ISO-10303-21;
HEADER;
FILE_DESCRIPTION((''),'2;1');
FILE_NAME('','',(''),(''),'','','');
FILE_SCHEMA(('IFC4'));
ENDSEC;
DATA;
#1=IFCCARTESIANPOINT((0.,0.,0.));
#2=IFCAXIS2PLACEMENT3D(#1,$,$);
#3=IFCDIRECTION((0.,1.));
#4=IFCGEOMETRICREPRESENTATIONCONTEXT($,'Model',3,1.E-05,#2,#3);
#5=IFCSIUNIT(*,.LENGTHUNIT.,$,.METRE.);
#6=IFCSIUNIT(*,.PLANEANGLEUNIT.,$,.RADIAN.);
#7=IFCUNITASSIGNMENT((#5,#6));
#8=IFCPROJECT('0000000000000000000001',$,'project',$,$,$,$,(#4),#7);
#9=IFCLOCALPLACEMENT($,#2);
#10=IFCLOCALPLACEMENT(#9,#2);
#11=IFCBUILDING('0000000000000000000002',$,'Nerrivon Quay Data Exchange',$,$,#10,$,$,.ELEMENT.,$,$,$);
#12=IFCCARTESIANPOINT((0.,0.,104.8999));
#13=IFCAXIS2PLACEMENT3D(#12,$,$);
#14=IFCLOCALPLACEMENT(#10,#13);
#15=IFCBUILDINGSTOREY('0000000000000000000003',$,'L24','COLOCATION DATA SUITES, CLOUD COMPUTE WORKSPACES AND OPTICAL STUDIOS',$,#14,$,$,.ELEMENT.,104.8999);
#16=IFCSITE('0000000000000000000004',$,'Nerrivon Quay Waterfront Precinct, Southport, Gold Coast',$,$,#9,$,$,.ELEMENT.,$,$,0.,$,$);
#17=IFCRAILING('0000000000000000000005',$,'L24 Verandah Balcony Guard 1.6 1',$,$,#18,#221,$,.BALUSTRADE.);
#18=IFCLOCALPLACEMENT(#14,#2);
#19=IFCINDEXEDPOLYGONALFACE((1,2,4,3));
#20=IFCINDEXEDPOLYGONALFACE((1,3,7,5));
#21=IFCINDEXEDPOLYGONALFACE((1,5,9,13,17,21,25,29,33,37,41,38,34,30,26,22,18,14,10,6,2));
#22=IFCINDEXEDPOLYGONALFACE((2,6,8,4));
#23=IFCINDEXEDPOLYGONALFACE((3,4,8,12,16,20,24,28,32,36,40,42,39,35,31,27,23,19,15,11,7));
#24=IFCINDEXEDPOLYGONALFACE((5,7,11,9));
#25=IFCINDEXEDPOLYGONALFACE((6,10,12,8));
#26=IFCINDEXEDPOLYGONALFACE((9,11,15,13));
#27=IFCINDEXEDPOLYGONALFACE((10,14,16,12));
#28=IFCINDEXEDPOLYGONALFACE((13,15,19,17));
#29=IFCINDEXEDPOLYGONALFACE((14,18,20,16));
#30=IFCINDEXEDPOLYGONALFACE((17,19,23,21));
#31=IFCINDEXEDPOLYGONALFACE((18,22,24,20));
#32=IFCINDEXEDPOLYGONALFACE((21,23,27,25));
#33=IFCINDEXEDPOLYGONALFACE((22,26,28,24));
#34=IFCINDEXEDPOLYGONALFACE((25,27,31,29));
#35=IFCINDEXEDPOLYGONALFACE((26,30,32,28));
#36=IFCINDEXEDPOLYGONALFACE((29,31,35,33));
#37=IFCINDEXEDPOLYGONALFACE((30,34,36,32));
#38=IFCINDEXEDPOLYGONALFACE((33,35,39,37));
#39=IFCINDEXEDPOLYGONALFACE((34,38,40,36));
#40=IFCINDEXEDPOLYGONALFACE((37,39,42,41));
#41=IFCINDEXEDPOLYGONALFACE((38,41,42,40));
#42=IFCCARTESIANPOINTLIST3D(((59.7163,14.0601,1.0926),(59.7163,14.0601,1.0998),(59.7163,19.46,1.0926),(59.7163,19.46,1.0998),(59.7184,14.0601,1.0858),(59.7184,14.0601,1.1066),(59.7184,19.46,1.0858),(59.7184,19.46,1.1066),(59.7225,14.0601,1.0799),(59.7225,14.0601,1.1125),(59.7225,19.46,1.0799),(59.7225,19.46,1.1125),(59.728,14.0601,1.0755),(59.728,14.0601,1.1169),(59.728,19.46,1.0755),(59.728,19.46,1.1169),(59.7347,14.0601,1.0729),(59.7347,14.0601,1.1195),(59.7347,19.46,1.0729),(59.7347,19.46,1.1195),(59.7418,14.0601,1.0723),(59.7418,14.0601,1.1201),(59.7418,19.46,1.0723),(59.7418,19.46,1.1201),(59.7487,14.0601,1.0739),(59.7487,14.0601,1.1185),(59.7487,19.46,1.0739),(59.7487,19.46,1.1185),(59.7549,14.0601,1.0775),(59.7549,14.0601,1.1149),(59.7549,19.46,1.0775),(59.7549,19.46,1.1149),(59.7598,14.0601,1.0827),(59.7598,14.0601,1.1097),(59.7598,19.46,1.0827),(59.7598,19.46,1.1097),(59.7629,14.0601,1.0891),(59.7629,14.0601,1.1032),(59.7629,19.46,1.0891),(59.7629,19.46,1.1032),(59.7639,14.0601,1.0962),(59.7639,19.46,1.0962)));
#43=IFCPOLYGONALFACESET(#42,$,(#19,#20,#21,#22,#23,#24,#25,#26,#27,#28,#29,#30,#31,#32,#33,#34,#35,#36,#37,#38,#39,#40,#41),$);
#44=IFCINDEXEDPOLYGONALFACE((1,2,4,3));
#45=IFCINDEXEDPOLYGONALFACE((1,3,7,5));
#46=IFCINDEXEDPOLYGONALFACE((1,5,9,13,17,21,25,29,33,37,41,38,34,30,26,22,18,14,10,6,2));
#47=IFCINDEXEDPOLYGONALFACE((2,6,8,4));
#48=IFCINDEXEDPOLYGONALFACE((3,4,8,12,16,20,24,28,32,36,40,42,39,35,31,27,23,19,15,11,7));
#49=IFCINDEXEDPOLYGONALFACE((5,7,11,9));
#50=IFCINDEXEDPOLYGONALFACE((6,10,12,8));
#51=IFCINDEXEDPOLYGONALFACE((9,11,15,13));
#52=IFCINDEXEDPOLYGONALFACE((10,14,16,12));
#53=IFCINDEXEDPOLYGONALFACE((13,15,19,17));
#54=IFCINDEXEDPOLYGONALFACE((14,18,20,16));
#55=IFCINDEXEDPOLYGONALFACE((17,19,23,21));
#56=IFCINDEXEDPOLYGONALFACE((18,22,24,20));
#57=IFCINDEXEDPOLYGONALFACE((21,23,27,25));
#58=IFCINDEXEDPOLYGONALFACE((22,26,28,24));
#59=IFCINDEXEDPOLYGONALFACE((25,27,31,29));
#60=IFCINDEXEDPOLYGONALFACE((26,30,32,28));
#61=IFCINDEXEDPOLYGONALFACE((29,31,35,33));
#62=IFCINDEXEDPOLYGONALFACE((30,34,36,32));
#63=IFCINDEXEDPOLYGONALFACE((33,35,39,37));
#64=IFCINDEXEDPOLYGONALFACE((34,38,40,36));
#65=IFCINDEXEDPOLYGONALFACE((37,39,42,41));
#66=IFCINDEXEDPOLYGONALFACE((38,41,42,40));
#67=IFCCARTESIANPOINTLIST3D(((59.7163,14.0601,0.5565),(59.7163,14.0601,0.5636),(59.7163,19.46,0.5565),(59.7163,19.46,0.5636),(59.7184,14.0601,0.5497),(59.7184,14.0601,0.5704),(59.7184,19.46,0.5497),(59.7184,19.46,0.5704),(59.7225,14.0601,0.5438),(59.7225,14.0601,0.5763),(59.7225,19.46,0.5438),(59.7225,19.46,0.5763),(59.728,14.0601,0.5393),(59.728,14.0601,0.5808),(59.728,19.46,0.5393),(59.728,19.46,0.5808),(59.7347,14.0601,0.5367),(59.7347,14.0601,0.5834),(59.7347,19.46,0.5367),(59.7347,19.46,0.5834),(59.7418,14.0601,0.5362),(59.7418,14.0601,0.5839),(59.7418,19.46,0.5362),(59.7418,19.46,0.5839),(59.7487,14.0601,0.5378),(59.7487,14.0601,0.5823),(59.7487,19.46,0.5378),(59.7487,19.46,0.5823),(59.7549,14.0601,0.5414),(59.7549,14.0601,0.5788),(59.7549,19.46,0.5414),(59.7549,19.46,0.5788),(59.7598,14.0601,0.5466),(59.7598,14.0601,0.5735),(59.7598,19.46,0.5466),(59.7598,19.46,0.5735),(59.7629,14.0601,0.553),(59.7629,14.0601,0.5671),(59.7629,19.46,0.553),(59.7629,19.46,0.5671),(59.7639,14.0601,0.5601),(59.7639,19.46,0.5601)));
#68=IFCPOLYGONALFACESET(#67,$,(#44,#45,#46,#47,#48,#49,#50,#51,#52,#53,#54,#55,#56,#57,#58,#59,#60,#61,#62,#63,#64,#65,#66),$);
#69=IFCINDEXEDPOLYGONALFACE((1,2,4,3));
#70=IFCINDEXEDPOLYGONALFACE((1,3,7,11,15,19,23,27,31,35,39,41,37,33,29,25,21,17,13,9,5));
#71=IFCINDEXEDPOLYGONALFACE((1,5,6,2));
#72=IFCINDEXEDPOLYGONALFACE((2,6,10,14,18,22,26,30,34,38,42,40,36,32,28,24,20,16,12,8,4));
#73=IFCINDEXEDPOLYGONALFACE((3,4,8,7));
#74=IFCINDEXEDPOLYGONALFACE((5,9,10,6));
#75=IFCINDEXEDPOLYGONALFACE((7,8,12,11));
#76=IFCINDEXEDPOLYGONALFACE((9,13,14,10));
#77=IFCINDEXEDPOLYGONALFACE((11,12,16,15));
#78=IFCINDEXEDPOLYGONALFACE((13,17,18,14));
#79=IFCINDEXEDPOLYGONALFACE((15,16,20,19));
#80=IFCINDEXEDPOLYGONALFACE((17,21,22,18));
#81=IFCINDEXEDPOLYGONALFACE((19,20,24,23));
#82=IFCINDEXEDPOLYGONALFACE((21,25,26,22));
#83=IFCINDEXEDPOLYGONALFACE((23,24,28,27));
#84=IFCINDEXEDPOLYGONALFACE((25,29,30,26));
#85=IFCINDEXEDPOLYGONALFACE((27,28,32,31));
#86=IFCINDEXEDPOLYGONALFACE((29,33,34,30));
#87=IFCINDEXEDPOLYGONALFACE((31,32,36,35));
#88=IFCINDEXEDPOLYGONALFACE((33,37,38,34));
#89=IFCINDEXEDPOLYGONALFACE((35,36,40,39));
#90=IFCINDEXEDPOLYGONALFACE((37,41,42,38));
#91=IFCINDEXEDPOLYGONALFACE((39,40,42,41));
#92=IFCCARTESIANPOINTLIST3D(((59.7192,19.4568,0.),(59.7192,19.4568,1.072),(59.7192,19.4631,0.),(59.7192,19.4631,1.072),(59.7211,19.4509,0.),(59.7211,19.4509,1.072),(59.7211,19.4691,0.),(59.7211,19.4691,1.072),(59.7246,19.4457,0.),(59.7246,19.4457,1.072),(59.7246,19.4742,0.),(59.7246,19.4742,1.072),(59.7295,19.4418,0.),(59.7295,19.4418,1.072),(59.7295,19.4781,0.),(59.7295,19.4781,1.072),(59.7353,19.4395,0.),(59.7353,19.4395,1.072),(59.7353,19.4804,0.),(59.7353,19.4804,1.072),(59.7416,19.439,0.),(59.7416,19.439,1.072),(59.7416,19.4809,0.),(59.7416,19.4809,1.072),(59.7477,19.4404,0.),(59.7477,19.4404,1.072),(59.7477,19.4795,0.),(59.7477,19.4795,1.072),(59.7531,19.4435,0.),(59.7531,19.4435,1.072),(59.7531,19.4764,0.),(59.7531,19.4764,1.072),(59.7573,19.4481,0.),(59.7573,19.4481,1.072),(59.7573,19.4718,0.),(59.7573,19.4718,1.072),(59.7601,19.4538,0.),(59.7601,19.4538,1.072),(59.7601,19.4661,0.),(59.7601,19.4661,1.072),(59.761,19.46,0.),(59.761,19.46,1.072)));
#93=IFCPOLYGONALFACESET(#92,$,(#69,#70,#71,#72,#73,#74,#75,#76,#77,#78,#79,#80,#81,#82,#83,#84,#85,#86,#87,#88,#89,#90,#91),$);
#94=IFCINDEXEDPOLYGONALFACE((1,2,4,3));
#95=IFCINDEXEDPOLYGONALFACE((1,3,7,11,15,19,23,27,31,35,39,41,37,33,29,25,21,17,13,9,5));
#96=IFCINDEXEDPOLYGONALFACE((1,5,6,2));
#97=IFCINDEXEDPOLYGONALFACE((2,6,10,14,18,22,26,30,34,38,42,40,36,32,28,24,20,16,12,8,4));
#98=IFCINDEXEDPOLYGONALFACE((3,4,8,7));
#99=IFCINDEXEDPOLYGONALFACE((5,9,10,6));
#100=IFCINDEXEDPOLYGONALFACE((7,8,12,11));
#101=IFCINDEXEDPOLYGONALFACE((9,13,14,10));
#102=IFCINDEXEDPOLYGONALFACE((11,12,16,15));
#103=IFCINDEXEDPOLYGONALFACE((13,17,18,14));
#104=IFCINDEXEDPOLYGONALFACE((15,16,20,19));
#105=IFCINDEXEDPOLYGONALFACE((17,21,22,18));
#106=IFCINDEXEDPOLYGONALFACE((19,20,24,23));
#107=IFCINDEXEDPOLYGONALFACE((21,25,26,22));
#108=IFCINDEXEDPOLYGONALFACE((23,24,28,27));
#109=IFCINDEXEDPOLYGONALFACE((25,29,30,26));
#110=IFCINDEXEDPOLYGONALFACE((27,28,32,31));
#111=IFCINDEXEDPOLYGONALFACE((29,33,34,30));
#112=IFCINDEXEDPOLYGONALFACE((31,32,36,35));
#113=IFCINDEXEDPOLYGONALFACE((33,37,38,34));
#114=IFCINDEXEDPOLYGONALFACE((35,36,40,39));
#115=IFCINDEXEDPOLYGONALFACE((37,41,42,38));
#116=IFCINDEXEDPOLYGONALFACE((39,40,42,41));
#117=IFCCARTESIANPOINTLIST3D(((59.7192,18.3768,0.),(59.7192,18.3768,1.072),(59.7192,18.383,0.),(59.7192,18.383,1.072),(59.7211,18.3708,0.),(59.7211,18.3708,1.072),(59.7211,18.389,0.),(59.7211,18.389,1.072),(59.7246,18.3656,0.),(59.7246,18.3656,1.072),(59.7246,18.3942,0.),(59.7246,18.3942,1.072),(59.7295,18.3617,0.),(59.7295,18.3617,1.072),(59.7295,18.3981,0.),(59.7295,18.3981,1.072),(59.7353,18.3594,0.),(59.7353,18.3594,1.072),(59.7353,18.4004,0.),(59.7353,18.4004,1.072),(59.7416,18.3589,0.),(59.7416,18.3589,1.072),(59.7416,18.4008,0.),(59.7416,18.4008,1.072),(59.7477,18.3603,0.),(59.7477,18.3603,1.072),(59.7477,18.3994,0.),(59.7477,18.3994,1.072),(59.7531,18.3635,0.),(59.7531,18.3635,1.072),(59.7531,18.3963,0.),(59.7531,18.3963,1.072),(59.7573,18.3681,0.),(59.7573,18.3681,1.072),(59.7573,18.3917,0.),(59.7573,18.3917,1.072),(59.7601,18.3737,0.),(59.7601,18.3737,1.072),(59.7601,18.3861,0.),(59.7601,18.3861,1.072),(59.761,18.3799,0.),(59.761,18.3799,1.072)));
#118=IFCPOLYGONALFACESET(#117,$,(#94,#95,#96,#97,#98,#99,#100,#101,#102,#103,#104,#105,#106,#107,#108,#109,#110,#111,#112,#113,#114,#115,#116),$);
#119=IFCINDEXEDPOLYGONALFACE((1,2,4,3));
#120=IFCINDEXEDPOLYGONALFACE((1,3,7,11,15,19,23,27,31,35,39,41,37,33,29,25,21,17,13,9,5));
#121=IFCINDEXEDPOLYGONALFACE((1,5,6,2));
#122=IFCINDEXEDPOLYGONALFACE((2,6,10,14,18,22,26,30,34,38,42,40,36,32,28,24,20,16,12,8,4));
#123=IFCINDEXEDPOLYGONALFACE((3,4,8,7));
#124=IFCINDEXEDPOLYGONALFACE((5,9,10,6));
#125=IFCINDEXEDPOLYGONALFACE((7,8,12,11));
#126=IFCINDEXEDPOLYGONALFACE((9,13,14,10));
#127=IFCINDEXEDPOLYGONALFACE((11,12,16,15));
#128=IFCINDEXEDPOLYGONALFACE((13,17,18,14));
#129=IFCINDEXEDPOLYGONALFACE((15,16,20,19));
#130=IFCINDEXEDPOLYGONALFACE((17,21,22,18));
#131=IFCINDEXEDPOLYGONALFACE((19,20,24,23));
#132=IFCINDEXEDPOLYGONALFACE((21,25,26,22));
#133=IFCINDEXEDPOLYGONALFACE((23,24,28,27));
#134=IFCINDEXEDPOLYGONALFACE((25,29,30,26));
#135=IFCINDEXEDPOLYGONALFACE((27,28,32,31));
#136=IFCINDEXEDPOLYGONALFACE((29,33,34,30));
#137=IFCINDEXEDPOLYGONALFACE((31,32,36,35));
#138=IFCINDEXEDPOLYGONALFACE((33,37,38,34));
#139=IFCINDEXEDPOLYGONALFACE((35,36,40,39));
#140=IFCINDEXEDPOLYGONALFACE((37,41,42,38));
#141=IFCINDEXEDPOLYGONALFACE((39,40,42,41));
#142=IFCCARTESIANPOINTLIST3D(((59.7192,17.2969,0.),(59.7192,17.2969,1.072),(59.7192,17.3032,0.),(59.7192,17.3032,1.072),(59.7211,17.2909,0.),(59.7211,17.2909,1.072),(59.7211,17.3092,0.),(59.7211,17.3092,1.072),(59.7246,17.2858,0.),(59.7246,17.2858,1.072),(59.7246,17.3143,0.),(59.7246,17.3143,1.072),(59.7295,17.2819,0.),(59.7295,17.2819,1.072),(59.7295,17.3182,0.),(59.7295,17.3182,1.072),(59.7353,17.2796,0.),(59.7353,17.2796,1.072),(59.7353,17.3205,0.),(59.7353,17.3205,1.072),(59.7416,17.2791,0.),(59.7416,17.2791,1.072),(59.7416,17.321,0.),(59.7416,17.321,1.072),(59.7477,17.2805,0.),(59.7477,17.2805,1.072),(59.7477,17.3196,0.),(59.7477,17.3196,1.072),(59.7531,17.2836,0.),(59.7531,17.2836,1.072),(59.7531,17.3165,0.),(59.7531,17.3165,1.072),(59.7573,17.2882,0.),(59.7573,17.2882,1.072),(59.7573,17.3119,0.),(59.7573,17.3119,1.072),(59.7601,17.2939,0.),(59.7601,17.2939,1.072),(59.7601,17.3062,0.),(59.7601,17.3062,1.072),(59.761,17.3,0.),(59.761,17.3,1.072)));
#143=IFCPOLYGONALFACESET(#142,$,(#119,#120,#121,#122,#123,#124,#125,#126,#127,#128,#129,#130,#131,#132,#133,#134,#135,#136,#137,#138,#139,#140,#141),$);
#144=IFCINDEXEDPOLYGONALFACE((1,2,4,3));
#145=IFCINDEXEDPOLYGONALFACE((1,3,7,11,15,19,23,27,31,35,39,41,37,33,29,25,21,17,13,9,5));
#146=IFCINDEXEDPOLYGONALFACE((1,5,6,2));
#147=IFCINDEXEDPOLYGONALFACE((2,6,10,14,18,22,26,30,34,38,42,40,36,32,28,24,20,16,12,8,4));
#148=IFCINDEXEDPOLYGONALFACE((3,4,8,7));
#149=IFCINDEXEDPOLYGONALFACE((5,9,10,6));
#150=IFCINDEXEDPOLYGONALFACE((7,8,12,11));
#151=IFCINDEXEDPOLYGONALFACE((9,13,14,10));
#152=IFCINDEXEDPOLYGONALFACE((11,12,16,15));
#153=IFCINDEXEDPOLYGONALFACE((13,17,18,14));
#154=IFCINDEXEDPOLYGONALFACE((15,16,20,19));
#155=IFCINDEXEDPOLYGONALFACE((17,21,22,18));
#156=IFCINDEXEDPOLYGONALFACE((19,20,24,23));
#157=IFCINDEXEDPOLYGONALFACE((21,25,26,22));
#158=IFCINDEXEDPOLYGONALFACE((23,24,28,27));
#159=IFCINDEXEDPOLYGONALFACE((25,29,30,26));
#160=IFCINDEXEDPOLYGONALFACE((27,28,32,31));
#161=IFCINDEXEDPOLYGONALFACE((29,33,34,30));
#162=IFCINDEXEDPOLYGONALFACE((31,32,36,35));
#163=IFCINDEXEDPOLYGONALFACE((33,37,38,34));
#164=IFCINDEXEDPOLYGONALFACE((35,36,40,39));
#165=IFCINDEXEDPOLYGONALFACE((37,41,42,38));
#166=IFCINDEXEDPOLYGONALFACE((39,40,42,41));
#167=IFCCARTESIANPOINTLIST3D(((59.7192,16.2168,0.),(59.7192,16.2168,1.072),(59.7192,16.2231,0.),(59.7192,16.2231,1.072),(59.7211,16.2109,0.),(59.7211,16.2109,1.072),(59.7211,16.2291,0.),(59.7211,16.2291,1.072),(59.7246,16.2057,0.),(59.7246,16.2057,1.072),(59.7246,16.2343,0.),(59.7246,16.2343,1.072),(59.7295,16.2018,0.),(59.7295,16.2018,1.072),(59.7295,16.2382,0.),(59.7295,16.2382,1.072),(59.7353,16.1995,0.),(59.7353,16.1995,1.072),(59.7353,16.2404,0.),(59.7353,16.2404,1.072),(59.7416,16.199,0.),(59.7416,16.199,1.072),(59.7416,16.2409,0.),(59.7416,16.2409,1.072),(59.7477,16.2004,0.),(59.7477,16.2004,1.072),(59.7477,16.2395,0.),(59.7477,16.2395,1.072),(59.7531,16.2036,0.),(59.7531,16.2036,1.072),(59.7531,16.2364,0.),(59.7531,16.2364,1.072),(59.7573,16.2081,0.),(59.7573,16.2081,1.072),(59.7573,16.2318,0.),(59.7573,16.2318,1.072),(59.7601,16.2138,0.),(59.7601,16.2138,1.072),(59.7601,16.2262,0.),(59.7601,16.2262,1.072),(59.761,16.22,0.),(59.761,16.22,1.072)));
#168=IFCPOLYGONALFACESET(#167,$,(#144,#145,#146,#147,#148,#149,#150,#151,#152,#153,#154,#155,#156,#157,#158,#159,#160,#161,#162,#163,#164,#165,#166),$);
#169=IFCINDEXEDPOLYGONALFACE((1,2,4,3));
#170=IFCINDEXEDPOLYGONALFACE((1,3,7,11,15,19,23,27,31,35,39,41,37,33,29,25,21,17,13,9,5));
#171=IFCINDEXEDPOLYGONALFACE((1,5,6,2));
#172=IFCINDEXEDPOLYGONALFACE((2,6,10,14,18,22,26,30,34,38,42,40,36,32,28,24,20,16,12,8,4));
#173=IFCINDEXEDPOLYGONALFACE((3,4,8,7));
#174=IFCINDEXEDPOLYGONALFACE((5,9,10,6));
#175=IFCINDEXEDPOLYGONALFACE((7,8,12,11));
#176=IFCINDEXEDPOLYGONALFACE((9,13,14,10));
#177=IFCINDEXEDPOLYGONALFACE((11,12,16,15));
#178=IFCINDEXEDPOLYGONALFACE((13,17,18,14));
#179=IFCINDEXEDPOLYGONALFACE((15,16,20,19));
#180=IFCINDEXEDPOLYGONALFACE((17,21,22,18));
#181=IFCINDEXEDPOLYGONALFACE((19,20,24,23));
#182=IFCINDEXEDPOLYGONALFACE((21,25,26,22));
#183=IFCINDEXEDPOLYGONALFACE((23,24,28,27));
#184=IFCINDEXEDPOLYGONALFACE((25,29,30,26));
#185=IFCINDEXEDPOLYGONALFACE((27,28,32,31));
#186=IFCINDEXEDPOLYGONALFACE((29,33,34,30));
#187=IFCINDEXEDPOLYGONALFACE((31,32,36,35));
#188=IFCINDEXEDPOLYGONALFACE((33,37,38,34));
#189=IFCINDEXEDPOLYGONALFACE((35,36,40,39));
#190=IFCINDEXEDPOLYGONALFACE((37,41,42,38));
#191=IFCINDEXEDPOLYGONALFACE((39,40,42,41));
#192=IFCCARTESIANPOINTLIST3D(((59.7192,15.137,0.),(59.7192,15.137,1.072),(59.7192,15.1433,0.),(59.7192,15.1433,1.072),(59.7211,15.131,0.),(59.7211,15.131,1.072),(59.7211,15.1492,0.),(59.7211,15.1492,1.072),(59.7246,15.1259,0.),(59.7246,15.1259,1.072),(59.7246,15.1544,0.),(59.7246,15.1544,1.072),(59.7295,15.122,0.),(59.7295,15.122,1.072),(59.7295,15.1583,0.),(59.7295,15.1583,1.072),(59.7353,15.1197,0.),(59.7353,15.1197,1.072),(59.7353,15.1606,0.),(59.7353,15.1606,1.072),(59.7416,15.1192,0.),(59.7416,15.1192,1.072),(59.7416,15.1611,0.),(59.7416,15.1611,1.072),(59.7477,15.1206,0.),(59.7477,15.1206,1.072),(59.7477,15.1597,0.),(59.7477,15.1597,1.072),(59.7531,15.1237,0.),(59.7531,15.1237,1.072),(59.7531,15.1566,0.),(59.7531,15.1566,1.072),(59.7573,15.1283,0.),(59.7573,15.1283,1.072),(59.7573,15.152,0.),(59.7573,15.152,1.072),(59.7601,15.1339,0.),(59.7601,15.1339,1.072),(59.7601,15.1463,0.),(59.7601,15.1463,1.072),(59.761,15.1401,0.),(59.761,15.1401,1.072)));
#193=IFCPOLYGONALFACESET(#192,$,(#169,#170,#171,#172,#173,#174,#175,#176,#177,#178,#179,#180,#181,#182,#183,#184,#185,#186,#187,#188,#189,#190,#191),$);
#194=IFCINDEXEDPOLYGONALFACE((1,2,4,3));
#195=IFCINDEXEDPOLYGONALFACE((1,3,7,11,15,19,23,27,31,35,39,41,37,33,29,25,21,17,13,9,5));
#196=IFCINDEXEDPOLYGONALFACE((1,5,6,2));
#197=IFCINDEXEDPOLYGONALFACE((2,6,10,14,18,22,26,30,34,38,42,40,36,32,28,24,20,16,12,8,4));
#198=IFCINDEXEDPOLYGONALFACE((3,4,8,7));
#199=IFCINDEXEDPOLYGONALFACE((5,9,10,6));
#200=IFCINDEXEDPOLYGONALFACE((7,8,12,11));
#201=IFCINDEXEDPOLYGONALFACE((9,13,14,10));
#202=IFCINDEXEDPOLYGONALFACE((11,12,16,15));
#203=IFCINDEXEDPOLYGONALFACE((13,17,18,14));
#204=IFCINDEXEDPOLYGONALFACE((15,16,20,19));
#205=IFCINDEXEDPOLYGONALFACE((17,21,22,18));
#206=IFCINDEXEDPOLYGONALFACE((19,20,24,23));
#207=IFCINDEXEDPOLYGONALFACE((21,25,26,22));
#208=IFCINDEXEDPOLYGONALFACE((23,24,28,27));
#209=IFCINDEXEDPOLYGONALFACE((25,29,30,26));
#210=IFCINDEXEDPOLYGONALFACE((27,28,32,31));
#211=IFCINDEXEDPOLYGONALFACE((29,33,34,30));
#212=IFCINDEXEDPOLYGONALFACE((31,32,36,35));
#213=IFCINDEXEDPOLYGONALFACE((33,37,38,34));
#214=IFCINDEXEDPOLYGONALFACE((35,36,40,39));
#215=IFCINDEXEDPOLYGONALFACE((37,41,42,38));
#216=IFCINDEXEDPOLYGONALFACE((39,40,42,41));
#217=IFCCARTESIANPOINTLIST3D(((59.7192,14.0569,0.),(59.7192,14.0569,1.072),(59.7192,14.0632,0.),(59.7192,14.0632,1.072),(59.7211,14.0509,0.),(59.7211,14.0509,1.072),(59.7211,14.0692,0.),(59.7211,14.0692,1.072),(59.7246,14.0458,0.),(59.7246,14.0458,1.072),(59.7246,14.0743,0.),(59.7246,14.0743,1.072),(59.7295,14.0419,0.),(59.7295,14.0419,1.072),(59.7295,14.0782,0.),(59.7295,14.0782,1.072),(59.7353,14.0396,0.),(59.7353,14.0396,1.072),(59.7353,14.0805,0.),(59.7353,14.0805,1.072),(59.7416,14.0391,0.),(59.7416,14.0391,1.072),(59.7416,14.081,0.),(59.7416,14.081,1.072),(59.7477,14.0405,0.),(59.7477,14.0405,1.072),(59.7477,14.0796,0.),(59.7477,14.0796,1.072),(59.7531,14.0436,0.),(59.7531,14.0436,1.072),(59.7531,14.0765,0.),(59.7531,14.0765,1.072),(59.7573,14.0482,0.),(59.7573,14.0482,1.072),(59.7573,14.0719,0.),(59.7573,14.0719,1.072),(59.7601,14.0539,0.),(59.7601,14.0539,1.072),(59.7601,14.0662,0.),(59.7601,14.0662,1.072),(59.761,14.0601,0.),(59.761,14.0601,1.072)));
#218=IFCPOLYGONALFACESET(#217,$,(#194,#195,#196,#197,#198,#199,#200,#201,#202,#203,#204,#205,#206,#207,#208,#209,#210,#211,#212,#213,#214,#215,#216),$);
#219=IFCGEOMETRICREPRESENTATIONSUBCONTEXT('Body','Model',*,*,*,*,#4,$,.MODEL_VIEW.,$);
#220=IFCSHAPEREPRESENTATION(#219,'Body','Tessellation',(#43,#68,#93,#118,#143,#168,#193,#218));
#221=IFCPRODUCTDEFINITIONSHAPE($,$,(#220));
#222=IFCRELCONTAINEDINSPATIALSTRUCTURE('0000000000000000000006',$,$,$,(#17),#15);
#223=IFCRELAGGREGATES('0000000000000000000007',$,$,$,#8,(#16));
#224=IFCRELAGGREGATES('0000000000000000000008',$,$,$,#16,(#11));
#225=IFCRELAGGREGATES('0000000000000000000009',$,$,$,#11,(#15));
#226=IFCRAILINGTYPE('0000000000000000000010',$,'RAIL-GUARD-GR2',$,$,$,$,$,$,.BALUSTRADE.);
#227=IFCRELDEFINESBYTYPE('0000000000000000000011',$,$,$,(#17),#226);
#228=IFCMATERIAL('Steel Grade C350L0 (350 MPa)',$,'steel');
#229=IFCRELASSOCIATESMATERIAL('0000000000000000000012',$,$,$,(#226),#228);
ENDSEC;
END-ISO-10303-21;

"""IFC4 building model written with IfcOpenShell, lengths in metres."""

from ifc_helpers import new_model, si_unit, direction, frame, origin, origin_2d, place, context, subcontext, project, spatial, circle, extrude, material, type_object, element, save


model = new_model("IFC4")

# Units and contexts
model_context = context("Model", 3, precision=1e-05, world=origin(), true_north=direction((0.0, 1.0)))
body_context = subcontext(model_context, "Body", "Model", "MODEL_VIEW")
ifc_project = project(units=[si_unit("LENGTHUNIT", "METRE"), si_unit("PLANEANGLEUNIT", "RADIAN")], contexts=[model_context])

# Site, building, storey
site_placement = place(None, origin())
site = spatial("IfcSite", under=ifc_project, at=site_placement, Name="Nerrivon Quay Waterfront Precinct, Southport, Gold Coast", CompositionType="ELEMENT", RefElevation=0.0)
building_placement = place(site_placement, origin())
building = spatial("IfcBuilding", under=site, at=building_placement, Name="Nerrivon Quay Data Exchange", CompositionType="ELEMENT")
storey_placement = place(building_placement, frame((0.0, 0.0, 104.8999)))
storey = spatial("IfcBuildingStorey", under=building, at=storey_placement, Name="L24", Description="COLOCATION DATA SUITES, CLOUD COMPUTE WORKSPACES AND OPTICAL STUDIOS", CompositionType="ELEMENT", Elevation=104.8999)

# Railing
ifc_material_1 = material(Name="Steel Grade C350L0 (350 MPa)", Category="steel")
railing_type = type_object("IfcRailingType", Name="RAIL-GUARD-GR2", PredefinedType="BALUSTRADE", material=ifc_material_1)
railing_1_placement = place(storey_placement, frame((59.74, 19.46, 0.0)))
element("IfcRailing", 1, at=railing_1_placement, inside=storey, type_object=railing_type, Name="L24 Verandah Balcony Guard 1.6 1", PredefinedType="BALUSTRADE", context=body_context, shape_type="SweptSolid", body=[
    extrude(circle(Radius=0.0239, at=origin_2d()), frame((0.0, 0.0, 1.0962), z_axis=(0.0, -1.0, 0.0), x_axis=(1.0, 0.0, 0.0)), (0.0, 0.0, 1.0), 5.3999),
    extrude(circle(Radius=0.0239, at=origin_2d()), frame((0.0, 0.0, 0.5601), z_axis=(0.0, -1.0, 0.0), x_axis=(1.0, 0.0, 0.0)), (0.0, 0.0, 1.0), 5.3999),
    extrude(circle(Radius=0.021, at=origin_2d()), origin(), (0.0, 0.0, 1.0), 1.072),
    extrude(circle(Radius=0.021, at=origin_2d()), frame((0.0, -1.0801, 0.0)), (0.0, 0.0, 1.0), 1.072),
    extrude(circle(Radius=0.021, at=origin_2d()), frame((0.0, -2.1599, 0.0)), (0.0, 0.0, 1.0), 1.072),
    extrude(circle(Radius=0.021, at=origin_2d()), frame((0.0, -3.24, 0.0)), (0.0, 0.0, 1.0), 1.072),
    extrude(circle(Radius=0.021, at=origin_2d()), frame((0.0, -4.3198, 0.0)), (0.0, 0.0, 1.0), 1.072),
    extrude(circle(Radius=0.021, at=origin_2d()), frame((0.0, -5.3999, 0.0)), (0.0, 0.0, 1.0), 1.072),
])

save(model, "model.ifc")
